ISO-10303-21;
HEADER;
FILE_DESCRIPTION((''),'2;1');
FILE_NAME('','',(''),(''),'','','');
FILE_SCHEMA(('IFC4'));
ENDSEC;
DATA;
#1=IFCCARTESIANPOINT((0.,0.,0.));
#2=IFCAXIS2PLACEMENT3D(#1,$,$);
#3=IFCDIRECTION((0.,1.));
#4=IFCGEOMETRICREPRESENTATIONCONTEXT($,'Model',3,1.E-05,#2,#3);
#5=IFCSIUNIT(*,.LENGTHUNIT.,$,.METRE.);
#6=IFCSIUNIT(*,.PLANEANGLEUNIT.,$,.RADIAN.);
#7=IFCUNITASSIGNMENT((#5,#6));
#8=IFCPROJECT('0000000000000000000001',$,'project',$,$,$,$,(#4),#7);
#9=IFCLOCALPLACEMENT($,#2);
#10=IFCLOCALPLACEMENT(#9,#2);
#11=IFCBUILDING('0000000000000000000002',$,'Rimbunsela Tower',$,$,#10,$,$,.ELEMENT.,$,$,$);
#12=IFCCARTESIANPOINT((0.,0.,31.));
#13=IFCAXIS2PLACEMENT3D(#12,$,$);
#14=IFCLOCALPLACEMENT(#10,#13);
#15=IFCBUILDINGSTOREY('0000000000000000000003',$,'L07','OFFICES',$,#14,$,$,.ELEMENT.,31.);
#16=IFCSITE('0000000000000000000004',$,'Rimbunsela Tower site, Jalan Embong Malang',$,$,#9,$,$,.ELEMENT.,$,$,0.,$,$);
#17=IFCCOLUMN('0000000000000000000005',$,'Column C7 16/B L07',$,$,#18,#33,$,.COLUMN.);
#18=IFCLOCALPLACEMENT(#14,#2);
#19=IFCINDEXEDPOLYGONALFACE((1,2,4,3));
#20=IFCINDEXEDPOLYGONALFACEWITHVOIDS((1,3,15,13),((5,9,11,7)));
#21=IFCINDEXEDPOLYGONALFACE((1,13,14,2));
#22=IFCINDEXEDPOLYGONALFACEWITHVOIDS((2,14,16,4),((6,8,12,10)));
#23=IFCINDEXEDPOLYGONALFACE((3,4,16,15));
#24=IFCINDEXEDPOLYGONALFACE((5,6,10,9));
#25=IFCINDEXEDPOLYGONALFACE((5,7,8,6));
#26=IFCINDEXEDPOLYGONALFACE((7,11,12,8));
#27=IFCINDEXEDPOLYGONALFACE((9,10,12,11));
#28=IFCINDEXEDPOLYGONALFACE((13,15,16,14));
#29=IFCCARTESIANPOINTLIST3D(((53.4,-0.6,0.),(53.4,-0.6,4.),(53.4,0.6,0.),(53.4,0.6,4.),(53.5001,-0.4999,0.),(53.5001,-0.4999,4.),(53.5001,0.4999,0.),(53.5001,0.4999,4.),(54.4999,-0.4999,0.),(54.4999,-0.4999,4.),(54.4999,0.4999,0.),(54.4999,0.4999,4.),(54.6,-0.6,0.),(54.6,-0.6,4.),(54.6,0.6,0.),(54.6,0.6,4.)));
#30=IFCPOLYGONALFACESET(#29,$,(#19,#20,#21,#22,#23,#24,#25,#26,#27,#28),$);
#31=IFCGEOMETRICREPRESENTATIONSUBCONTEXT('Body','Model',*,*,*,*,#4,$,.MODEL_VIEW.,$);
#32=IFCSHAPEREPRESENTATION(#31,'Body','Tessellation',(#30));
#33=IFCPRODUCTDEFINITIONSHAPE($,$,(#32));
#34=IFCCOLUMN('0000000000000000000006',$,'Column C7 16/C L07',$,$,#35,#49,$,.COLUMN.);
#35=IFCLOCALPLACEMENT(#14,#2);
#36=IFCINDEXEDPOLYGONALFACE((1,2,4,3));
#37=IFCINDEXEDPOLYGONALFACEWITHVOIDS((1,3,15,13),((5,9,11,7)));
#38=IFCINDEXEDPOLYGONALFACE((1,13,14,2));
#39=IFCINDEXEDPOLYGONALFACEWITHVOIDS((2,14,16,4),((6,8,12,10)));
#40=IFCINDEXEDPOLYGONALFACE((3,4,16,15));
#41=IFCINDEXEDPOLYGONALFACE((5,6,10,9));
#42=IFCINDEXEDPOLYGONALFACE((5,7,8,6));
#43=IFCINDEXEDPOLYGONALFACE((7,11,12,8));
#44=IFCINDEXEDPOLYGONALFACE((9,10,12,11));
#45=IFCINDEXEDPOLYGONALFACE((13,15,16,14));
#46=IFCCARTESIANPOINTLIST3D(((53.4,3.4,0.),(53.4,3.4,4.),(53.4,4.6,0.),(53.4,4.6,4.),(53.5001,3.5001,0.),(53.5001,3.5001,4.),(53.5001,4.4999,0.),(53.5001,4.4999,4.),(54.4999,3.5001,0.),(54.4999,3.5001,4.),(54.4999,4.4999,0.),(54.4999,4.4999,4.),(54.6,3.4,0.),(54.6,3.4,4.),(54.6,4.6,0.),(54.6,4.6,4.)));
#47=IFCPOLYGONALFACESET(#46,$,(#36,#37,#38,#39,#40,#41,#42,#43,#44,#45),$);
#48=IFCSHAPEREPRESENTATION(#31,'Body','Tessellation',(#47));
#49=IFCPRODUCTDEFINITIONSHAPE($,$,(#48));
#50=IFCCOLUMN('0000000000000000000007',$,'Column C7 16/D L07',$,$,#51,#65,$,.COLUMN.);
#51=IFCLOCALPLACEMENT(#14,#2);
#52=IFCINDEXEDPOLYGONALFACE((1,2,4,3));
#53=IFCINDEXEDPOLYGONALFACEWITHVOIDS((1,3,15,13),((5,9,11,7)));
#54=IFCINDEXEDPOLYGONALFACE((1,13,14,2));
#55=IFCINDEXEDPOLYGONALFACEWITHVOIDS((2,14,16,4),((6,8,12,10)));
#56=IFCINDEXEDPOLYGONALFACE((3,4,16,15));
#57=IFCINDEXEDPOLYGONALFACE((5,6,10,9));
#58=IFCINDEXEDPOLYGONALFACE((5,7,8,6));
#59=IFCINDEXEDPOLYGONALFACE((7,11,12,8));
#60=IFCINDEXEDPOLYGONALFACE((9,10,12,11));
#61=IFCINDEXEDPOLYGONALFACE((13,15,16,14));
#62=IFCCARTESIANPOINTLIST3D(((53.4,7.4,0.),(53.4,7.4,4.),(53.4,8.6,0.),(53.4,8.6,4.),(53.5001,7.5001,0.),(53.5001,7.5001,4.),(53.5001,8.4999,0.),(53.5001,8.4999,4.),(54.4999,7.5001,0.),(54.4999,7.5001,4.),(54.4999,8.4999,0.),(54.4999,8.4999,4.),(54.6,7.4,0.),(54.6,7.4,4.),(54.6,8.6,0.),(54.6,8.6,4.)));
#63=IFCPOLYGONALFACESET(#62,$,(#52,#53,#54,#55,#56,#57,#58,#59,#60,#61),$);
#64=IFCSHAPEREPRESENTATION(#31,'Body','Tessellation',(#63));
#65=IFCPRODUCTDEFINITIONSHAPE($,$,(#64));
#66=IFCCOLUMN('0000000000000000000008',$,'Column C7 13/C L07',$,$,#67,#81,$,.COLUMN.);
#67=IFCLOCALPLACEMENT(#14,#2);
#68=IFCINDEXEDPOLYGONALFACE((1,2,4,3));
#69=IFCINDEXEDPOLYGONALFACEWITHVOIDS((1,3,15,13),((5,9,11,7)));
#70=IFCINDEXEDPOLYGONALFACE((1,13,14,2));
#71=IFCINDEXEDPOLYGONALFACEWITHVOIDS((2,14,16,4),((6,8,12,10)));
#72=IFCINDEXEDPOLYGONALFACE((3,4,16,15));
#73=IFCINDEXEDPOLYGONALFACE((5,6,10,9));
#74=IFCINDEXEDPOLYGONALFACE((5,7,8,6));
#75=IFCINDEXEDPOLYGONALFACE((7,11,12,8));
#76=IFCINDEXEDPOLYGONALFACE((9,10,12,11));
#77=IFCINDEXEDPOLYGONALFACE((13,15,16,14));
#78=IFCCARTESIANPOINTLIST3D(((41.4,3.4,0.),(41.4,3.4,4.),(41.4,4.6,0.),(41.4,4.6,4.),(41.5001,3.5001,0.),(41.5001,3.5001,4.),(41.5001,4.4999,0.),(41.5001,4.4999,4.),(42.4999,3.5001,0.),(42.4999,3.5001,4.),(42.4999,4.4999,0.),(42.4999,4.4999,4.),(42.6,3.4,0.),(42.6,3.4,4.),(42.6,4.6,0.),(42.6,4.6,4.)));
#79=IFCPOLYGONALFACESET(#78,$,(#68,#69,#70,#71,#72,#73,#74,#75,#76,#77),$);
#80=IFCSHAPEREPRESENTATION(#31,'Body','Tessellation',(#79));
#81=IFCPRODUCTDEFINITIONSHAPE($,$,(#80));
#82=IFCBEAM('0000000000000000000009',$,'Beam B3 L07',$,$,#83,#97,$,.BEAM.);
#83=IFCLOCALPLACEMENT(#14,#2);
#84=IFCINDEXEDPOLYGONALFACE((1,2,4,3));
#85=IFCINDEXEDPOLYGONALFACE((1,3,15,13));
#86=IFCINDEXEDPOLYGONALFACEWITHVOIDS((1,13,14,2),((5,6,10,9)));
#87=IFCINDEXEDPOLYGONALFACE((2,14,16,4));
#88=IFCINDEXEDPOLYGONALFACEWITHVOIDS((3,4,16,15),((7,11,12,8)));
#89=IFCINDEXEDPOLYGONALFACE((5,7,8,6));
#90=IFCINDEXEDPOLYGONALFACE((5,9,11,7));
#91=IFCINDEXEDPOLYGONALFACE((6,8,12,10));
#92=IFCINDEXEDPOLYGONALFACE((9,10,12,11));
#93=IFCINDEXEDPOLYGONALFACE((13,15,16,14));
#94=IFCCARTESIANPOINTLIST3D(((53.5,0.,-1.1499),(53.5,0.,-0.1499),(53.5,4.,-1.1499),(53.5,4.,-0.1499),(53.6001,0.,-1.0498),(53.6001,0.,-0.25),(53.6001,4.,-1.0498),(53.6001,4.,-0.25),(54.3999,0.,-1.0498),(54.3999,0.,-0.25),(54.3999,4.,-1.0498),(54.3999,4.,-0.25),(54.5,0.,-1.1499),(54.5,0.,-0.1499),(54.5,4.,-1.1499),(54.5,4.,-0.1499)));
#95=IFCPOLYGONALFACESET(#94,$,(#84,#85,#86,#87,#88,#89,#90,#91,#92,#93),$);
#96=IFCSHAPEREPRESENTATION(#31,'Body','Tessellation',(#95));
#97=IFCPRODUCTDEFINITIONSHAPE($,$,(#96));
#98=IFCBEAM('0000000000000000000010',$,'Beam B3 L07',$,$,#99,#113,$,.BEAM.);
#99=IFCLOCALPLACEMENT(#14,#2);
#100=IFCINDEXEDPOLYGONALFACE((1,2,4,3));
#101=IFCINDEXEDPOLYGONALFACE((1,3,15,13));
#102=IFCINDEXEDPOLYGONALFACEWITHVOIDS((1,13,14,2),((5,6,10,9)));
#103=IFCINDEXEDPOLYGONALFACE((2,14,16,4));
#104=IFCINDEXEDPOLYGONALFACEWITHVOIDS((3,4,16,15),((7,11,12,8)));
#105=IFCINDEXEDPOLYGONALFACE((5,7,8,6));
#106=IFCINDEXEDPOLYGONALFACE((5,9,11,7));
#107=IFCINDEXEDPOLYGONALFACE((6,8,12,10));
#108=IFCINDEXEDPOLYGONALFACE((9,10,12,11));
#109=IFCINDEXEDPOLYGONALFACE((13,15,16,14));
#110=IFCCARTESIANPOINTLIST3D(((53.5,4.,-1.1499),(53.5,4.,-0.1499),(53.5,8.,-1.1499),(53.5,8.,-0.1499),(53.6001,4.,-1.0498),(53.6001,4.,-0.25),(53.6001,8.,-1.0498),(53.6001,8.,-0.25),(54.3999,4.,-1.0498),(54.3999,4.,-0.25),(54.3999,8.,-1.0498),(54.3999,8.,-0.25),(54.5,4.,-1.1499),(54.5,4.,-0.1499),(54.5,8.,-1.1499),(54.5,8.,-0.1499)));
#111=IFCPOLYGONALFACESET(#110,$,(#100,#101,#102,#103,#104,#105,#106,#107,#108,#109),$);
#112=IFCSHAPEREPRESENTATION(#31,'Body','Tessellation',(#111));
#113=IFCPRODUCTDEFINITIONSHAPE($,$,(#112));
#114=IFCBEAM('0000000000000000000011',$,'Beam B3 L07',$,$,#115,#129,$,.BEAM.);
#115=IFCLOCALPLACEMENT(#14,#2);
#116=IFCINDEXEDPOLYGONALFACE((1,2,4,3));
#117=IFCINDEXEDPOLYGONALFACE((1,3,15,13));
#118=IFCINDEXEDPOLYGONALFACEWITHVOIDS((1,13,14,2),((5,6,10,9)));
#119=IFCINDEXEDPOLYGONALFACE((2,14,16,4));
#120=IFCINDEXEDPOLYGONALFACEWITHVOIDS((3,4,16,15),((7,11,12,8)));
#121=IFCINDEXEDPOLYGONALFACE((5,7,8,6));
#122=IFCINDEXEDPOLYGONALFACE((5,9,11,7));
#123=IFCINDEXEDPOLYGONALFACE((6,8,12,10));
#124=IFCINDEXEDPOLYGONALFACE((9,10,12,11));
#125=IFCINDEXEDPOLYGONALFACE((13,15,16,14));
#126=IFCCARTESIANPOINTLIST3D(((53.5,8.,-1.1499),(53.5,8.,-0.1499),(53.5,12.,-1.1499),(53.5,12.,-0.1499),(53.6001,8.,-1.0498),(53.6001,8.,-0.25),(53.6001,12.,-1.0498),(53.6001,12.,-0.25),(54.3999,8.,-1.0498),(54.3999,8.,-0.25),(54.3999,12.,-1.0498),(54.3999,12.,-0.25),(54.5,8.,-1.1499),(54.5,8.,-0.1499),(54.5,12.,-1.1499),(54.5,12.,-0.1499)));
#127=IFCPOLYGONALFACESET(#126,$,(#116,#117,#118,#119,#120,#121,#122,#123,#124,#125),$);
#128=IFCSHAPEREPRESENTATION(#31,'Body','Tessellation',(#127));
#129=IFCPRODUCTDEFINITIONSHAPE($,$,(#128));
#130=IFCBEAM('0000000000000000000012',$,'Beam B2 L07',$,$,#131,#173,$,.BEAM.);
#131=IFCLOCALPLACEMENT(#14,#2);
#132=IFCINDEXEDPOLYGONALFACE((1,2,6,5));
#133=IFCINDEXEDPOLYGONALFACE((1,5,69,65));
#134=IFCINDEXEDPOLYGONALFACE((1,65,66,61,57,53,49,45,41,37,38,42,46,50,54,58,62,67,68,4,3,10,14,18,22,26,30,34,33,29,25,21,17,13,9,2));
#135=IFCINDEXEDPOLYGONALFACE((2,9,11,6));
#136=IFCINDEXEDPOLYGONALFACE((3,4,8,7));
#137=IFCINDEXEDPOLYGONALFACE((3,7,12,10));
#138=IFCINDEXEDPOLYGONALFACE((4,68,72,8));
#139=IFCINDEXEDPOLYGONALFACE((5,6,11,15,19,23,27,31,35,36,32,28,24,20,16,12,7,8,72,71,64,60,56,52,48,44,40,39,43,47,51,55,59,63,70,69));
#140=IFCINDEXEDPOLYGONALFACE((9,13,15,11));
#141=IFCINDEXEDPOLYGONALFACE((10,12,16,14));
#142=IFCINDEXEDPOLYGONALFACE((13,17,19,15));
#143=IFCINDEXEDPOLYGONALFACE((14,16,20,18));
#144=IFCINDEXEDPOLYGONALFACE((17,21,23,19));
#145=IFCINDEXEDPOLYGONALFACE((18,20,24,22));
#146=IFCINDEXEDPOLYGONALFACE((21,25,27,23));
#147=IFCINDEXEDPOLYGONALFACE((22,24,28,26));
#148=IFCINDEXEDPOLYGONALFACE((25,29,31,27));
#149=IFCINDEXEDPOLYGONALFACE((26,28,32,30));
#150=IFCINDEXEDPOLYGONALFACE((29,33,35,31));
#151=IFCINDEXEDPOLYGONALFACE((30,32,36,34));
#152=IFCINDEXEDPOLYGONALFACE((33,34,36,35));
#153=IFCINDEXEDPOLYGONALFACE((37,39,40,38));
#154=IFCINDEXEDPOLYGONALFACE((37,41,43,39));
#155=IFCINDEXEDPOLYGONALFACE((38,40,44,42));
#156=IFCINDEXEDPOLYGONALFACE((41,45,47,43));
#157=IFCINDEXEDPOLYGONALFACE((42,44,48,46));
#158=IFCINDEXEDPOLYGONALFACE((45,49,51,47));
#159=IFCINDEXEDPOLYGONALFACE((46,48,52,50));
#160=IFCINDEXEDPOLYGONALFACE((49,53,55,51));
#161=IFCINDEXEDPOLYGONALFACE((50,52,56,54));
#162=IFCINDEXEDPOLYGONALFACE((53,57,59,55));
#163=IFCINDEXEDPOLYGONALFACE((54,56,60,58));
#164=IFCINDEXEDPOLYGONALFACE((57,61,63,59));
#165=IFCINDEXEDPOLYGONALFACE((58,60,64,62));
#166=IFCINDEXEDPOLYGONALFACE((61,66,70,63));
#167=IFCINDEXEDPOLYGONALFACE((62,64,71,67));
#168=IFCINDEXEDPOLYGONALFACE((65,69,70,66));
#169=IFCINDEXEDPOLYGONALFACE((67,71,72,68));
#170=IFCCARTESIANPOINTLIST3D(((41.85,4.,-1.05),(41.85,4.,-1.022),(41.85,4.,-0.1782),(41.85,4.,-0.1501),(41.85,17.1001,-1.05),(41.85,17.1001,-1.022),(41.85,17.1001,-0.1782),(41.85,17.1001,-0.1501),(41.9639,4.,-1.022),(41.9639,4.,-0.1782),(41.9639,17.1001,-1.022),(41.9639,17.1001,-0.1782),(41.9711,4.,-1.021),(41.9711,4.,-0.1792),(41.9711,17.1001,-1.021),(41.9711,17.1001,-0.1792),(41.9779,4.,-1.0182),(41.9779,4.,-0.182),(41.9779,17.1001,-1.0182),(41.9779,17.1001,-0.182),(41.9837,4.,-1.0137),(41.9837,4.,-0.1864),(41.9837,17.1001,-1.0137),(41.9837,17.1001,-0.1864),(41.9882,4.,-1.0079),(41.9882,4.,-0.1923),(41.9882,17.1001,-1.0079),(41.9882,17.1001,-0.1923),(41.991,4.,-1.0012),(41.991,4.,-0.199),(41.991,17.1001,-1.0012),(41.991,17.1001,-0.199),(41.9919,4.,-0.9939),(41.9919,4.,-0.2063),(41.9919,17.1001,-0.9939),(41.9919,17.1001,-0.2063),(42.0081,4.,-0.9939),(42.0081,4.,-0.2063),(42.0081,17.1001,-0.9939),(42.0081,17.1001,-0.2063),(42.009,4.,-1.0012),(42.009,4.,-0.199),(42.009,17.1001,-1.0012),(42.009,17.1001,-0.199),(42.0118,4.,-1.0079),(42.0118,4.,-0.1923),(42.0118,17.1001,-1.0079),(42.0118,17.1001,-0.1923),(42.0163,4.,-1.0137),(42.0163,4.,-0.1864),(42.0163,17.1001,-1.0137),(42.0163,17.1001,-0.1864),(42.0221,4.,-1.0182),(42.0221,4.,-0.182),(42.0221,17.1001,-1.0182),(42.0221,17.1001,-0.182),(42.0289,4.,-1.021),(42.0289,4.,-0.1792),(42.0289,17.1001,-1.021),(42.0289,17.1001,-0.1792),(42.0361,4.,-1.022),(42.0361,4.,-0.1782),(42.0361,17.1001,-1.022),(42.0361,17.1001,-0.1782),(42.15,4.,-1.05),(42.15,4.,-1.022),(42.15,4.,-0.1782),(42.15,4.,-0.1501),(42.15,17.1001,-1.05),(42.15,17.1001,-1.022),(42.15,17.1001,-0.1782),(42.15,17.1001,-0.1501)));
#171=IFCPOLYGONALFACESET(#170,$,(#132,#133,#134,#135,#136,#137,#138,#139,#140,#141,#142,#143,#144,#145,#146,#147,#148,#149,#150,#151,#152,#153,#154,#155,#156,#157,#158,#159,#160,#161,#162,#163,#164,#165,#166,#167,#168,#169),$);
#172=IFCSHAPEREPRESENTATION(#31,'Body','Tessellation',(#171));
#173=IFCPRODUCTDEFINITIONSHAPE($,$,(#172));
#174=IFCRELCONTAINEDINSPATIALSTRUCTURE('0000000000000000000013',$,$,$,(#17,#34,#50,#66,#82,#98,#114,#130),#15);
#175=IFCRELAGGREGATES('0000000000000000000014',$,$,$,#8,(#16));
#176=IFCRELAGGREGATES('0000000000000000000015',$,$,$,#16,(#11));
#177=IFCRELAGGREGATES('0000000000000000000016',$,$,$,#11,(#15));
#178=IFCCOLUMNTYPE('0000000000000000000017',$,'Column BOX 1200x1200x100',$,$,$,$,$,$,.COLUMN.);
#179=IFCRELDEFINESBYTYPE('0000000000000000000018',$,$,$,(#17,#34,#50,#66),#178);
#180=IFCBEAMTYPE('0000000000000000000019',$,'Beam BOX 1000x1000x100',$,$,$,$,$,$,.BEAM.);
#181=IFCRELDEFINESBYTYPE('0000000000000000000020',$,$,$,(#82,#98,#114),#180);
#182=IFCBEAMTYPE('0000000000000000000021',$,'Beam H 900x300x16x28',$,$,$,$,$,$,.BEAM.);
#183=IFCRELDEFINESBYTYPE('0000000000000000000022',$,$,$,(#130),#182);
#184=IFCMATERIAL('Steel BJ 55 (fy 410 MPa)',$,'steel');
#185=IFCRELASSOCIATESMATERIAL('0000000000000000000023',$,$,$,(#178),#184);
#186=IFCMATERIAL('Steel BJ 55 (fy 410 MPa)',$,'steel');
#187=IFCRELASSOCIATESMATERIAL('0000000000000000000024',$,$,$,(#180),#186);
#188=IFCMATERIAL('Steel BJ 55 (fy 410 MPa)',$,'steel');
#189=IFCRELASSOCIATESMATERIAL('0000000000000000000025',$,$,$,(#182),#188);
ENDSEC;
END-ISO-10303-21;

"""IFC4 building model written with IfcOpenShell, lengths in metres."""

from ifc_helpers import new_model, si_unit, direction, frame, origin, origin_2d, place, context, subcontext, project, spatial, hollow_rectangle, i_section, extrude, material, material_profile, profile_set, type_object, element, save


model = new_model("IFC4")

# Units and contexts
model_context = context("Model", 3, precision=1e-05, world=origin(), true_north=direction((0.0, 1.0)))
body_context = subcontext(model_context, "Body", "Model", "MODEL_VIEW")
ifc_project = project(units=[si_unit("LENGTHUNIT", "METRE"), si_unit("PLANEANGLEUNIT", "RADIAN")], contexts=[model_context])

# Site, building, storey
site_placement = place(None, origin())
site = spatial("IfcSite", under=ifc_project, at=site_placement, Name="Rimbunsela Tower site, Jalan Embong Malang", CompositionType="ELEMENT", RefElevation=0.0)
building_placement = place(site_placement, origin())
building = spatial("IfcBuilding", under=site, at=building_placement, Name="Rimbunsela Tower", CompositionType="ELEMENT")
storey_placement = place(building_placement, frame((0.0, 0.0, 31.0)))
storey = spatial("IfcBuildingStorey", under=building, at=storey_placement, Name="L07", Description="OFFICES", CompositionType="ELEMENT", Elevation=31.0)

# Columns
ifc_material_1 = material(Name="Steel BJ 55 (fy 410 MPa)", Category="steel")
ifc_material_profile_1 = material_profile(ifc_material_1, hollow_rectangle(XDim=1.2, YDim=1.2, WallThickness=0.1001, at=origin_2d()), Name="BOX 1200x1200x100")
ifc_profile_set_1 = profile_set([ifc_material_profile_1], Name="Steel BJ 55 (fy 410 MPa)")
column_type = type_object("IfcColumnType", Name="Column BOX 1200x1200x100", PredefinedType="COLUMN", material=ifc_profile_set_1)
for number, where, z_axis, x_axis, name in (
    (1, (54.0, 0.0, 0.0), (0.0, 0.0, 1.0), (1.0, 0.0, 0.0), "Column C7 16/B L07"),
    (2, (54.0, 4.0, 0.0), (0.0, 0.0, 1.0), (1.0, 0.0, 0.0), "Column C7 16/C L07"),
    (3, (54.0, 8.0, 0.0), (0.0, 0.0, 1.0), (1.0, 0.0, 0.0), "Column C7 16/D L07"),
    (4, (42.0, 4.0, 0.0), (0.0, 0.0, 1.0), (1.0, 0.0, 0.0), "Column C7 13/C L07"),
):
    element("IfcColumn", number, at=place(storey_placement, frame(where, z_axis=z_axis, x_axis=x_axis)), inside=storey, type_object=column_type, Name=name, PredefinedType="COLUMN", context=body_context, shape_type="SweptSolid", body=[
        extrude(hollow_rectangle(XDim=1.2, YDim=1.2, WallThickness=0.1001, at=origin_2d()), origin(), (0.0, 0.0, 1.0), 4.0),
    ])

# Beams
ifc_material_2 = material(Name="Steel BJ 55 (fy 410 MPa)", Category="steel")
ifc_material_profile_2 = material_profile(ifc_material_2, hollow_rectangle(XDim=1.0, YDim=1.0, WallThickness=0.1001, at=origin_2d()), Name="BOX 1000x1000x100")
ifc_profile_set_2 = profile_set([ifc_material_profile_2], Name="Steel BJ 55 (fy 410 MPa)")
beam_type_1 = type_object("IfcBeamType", Name="Beam BOX 1000x1000x100", PredefinedType="BEAM", material=ifc_profile_set_2)
for number, where, z_axis, x_axis, name in (
    (5, (54.0, 0.0, -0.6499), (0.0, 1.0, 0.0), (-1.0, 0.0, 0.0), "Beam B3 L07"),
    (6, (54.0, 4.0, -0.6499), (0.0, 1.0, 0.0), (-1.0, 0.0, 0.0), "Beam B3 L07"),
    (7, (54.0, 8.0, -0.6499), (0.0, 1.0, 0.0), (-1.0, 0.0, 0.0), "Beam B3 L07"),
):
    element("IfcBeam", number, at=place(storey_placement, frame(where, z_axis=z_axis, x_axis=x_axis)), inside=storey, type_object=beam_type_1, Name=name, PredefinedType="BEAM", context=body_context, shape_type="SweptSolid", body=[
        extrude(hollow_rectangle(XDim=1.0, YDim=1.0, WallThickness=0.1001, at=origin_2d()), origin(), (0.0, 0.0, 1.0), 4.0),
    ])
ifc_material_3 = material(Name="Steel BJ 55 (fy 410 MPa)", Category="steel")
ifc_material_profile_3 = material_profile(ifc_material_3, i_section(OverallWidth=0.3, OverallDepth=0.8999, WebThickness=0.0161, FlangeThickness=0.0281, FilletRadius=0.0281, at=origin_2d()), Name="H 900x300x16x28")
ifc_profile_set_3 = profile_set([ifc_material_profile_3], Name="Steel BJ 55 (fy 410 MPa)")
beam_type_2 = type_object("IfcBeamType", Name="Beam H 900x300x16x28", PredefinedType="BEAM", material=ifc_profile_set_3)
beam_placement = place(storey_placement, frame((42.0, 4.0, -0.6001), z_axis=(0.0, 1.0, 0.0), x_axis=(-1.0, 0.0, 0.0)))
element("IfcBeam", 8, at=beam_placement, inside=storey, type_object=beam_type_2, Name="Beam B2 L07", PredefinedType="BEAM", context=body_context, shape_type="SweptSolid", body=[
    extrude(i_section(OverallWidth=0.3, OverallDepth=0.8999, WebThickness=0.0161, FlangeThickness=0.0281, FilletRadius=0.0281, at=origin_2d()), origin(), (0.0, 0.0, 1.0), 13.1001),
])

save(model, "model.ifc")
